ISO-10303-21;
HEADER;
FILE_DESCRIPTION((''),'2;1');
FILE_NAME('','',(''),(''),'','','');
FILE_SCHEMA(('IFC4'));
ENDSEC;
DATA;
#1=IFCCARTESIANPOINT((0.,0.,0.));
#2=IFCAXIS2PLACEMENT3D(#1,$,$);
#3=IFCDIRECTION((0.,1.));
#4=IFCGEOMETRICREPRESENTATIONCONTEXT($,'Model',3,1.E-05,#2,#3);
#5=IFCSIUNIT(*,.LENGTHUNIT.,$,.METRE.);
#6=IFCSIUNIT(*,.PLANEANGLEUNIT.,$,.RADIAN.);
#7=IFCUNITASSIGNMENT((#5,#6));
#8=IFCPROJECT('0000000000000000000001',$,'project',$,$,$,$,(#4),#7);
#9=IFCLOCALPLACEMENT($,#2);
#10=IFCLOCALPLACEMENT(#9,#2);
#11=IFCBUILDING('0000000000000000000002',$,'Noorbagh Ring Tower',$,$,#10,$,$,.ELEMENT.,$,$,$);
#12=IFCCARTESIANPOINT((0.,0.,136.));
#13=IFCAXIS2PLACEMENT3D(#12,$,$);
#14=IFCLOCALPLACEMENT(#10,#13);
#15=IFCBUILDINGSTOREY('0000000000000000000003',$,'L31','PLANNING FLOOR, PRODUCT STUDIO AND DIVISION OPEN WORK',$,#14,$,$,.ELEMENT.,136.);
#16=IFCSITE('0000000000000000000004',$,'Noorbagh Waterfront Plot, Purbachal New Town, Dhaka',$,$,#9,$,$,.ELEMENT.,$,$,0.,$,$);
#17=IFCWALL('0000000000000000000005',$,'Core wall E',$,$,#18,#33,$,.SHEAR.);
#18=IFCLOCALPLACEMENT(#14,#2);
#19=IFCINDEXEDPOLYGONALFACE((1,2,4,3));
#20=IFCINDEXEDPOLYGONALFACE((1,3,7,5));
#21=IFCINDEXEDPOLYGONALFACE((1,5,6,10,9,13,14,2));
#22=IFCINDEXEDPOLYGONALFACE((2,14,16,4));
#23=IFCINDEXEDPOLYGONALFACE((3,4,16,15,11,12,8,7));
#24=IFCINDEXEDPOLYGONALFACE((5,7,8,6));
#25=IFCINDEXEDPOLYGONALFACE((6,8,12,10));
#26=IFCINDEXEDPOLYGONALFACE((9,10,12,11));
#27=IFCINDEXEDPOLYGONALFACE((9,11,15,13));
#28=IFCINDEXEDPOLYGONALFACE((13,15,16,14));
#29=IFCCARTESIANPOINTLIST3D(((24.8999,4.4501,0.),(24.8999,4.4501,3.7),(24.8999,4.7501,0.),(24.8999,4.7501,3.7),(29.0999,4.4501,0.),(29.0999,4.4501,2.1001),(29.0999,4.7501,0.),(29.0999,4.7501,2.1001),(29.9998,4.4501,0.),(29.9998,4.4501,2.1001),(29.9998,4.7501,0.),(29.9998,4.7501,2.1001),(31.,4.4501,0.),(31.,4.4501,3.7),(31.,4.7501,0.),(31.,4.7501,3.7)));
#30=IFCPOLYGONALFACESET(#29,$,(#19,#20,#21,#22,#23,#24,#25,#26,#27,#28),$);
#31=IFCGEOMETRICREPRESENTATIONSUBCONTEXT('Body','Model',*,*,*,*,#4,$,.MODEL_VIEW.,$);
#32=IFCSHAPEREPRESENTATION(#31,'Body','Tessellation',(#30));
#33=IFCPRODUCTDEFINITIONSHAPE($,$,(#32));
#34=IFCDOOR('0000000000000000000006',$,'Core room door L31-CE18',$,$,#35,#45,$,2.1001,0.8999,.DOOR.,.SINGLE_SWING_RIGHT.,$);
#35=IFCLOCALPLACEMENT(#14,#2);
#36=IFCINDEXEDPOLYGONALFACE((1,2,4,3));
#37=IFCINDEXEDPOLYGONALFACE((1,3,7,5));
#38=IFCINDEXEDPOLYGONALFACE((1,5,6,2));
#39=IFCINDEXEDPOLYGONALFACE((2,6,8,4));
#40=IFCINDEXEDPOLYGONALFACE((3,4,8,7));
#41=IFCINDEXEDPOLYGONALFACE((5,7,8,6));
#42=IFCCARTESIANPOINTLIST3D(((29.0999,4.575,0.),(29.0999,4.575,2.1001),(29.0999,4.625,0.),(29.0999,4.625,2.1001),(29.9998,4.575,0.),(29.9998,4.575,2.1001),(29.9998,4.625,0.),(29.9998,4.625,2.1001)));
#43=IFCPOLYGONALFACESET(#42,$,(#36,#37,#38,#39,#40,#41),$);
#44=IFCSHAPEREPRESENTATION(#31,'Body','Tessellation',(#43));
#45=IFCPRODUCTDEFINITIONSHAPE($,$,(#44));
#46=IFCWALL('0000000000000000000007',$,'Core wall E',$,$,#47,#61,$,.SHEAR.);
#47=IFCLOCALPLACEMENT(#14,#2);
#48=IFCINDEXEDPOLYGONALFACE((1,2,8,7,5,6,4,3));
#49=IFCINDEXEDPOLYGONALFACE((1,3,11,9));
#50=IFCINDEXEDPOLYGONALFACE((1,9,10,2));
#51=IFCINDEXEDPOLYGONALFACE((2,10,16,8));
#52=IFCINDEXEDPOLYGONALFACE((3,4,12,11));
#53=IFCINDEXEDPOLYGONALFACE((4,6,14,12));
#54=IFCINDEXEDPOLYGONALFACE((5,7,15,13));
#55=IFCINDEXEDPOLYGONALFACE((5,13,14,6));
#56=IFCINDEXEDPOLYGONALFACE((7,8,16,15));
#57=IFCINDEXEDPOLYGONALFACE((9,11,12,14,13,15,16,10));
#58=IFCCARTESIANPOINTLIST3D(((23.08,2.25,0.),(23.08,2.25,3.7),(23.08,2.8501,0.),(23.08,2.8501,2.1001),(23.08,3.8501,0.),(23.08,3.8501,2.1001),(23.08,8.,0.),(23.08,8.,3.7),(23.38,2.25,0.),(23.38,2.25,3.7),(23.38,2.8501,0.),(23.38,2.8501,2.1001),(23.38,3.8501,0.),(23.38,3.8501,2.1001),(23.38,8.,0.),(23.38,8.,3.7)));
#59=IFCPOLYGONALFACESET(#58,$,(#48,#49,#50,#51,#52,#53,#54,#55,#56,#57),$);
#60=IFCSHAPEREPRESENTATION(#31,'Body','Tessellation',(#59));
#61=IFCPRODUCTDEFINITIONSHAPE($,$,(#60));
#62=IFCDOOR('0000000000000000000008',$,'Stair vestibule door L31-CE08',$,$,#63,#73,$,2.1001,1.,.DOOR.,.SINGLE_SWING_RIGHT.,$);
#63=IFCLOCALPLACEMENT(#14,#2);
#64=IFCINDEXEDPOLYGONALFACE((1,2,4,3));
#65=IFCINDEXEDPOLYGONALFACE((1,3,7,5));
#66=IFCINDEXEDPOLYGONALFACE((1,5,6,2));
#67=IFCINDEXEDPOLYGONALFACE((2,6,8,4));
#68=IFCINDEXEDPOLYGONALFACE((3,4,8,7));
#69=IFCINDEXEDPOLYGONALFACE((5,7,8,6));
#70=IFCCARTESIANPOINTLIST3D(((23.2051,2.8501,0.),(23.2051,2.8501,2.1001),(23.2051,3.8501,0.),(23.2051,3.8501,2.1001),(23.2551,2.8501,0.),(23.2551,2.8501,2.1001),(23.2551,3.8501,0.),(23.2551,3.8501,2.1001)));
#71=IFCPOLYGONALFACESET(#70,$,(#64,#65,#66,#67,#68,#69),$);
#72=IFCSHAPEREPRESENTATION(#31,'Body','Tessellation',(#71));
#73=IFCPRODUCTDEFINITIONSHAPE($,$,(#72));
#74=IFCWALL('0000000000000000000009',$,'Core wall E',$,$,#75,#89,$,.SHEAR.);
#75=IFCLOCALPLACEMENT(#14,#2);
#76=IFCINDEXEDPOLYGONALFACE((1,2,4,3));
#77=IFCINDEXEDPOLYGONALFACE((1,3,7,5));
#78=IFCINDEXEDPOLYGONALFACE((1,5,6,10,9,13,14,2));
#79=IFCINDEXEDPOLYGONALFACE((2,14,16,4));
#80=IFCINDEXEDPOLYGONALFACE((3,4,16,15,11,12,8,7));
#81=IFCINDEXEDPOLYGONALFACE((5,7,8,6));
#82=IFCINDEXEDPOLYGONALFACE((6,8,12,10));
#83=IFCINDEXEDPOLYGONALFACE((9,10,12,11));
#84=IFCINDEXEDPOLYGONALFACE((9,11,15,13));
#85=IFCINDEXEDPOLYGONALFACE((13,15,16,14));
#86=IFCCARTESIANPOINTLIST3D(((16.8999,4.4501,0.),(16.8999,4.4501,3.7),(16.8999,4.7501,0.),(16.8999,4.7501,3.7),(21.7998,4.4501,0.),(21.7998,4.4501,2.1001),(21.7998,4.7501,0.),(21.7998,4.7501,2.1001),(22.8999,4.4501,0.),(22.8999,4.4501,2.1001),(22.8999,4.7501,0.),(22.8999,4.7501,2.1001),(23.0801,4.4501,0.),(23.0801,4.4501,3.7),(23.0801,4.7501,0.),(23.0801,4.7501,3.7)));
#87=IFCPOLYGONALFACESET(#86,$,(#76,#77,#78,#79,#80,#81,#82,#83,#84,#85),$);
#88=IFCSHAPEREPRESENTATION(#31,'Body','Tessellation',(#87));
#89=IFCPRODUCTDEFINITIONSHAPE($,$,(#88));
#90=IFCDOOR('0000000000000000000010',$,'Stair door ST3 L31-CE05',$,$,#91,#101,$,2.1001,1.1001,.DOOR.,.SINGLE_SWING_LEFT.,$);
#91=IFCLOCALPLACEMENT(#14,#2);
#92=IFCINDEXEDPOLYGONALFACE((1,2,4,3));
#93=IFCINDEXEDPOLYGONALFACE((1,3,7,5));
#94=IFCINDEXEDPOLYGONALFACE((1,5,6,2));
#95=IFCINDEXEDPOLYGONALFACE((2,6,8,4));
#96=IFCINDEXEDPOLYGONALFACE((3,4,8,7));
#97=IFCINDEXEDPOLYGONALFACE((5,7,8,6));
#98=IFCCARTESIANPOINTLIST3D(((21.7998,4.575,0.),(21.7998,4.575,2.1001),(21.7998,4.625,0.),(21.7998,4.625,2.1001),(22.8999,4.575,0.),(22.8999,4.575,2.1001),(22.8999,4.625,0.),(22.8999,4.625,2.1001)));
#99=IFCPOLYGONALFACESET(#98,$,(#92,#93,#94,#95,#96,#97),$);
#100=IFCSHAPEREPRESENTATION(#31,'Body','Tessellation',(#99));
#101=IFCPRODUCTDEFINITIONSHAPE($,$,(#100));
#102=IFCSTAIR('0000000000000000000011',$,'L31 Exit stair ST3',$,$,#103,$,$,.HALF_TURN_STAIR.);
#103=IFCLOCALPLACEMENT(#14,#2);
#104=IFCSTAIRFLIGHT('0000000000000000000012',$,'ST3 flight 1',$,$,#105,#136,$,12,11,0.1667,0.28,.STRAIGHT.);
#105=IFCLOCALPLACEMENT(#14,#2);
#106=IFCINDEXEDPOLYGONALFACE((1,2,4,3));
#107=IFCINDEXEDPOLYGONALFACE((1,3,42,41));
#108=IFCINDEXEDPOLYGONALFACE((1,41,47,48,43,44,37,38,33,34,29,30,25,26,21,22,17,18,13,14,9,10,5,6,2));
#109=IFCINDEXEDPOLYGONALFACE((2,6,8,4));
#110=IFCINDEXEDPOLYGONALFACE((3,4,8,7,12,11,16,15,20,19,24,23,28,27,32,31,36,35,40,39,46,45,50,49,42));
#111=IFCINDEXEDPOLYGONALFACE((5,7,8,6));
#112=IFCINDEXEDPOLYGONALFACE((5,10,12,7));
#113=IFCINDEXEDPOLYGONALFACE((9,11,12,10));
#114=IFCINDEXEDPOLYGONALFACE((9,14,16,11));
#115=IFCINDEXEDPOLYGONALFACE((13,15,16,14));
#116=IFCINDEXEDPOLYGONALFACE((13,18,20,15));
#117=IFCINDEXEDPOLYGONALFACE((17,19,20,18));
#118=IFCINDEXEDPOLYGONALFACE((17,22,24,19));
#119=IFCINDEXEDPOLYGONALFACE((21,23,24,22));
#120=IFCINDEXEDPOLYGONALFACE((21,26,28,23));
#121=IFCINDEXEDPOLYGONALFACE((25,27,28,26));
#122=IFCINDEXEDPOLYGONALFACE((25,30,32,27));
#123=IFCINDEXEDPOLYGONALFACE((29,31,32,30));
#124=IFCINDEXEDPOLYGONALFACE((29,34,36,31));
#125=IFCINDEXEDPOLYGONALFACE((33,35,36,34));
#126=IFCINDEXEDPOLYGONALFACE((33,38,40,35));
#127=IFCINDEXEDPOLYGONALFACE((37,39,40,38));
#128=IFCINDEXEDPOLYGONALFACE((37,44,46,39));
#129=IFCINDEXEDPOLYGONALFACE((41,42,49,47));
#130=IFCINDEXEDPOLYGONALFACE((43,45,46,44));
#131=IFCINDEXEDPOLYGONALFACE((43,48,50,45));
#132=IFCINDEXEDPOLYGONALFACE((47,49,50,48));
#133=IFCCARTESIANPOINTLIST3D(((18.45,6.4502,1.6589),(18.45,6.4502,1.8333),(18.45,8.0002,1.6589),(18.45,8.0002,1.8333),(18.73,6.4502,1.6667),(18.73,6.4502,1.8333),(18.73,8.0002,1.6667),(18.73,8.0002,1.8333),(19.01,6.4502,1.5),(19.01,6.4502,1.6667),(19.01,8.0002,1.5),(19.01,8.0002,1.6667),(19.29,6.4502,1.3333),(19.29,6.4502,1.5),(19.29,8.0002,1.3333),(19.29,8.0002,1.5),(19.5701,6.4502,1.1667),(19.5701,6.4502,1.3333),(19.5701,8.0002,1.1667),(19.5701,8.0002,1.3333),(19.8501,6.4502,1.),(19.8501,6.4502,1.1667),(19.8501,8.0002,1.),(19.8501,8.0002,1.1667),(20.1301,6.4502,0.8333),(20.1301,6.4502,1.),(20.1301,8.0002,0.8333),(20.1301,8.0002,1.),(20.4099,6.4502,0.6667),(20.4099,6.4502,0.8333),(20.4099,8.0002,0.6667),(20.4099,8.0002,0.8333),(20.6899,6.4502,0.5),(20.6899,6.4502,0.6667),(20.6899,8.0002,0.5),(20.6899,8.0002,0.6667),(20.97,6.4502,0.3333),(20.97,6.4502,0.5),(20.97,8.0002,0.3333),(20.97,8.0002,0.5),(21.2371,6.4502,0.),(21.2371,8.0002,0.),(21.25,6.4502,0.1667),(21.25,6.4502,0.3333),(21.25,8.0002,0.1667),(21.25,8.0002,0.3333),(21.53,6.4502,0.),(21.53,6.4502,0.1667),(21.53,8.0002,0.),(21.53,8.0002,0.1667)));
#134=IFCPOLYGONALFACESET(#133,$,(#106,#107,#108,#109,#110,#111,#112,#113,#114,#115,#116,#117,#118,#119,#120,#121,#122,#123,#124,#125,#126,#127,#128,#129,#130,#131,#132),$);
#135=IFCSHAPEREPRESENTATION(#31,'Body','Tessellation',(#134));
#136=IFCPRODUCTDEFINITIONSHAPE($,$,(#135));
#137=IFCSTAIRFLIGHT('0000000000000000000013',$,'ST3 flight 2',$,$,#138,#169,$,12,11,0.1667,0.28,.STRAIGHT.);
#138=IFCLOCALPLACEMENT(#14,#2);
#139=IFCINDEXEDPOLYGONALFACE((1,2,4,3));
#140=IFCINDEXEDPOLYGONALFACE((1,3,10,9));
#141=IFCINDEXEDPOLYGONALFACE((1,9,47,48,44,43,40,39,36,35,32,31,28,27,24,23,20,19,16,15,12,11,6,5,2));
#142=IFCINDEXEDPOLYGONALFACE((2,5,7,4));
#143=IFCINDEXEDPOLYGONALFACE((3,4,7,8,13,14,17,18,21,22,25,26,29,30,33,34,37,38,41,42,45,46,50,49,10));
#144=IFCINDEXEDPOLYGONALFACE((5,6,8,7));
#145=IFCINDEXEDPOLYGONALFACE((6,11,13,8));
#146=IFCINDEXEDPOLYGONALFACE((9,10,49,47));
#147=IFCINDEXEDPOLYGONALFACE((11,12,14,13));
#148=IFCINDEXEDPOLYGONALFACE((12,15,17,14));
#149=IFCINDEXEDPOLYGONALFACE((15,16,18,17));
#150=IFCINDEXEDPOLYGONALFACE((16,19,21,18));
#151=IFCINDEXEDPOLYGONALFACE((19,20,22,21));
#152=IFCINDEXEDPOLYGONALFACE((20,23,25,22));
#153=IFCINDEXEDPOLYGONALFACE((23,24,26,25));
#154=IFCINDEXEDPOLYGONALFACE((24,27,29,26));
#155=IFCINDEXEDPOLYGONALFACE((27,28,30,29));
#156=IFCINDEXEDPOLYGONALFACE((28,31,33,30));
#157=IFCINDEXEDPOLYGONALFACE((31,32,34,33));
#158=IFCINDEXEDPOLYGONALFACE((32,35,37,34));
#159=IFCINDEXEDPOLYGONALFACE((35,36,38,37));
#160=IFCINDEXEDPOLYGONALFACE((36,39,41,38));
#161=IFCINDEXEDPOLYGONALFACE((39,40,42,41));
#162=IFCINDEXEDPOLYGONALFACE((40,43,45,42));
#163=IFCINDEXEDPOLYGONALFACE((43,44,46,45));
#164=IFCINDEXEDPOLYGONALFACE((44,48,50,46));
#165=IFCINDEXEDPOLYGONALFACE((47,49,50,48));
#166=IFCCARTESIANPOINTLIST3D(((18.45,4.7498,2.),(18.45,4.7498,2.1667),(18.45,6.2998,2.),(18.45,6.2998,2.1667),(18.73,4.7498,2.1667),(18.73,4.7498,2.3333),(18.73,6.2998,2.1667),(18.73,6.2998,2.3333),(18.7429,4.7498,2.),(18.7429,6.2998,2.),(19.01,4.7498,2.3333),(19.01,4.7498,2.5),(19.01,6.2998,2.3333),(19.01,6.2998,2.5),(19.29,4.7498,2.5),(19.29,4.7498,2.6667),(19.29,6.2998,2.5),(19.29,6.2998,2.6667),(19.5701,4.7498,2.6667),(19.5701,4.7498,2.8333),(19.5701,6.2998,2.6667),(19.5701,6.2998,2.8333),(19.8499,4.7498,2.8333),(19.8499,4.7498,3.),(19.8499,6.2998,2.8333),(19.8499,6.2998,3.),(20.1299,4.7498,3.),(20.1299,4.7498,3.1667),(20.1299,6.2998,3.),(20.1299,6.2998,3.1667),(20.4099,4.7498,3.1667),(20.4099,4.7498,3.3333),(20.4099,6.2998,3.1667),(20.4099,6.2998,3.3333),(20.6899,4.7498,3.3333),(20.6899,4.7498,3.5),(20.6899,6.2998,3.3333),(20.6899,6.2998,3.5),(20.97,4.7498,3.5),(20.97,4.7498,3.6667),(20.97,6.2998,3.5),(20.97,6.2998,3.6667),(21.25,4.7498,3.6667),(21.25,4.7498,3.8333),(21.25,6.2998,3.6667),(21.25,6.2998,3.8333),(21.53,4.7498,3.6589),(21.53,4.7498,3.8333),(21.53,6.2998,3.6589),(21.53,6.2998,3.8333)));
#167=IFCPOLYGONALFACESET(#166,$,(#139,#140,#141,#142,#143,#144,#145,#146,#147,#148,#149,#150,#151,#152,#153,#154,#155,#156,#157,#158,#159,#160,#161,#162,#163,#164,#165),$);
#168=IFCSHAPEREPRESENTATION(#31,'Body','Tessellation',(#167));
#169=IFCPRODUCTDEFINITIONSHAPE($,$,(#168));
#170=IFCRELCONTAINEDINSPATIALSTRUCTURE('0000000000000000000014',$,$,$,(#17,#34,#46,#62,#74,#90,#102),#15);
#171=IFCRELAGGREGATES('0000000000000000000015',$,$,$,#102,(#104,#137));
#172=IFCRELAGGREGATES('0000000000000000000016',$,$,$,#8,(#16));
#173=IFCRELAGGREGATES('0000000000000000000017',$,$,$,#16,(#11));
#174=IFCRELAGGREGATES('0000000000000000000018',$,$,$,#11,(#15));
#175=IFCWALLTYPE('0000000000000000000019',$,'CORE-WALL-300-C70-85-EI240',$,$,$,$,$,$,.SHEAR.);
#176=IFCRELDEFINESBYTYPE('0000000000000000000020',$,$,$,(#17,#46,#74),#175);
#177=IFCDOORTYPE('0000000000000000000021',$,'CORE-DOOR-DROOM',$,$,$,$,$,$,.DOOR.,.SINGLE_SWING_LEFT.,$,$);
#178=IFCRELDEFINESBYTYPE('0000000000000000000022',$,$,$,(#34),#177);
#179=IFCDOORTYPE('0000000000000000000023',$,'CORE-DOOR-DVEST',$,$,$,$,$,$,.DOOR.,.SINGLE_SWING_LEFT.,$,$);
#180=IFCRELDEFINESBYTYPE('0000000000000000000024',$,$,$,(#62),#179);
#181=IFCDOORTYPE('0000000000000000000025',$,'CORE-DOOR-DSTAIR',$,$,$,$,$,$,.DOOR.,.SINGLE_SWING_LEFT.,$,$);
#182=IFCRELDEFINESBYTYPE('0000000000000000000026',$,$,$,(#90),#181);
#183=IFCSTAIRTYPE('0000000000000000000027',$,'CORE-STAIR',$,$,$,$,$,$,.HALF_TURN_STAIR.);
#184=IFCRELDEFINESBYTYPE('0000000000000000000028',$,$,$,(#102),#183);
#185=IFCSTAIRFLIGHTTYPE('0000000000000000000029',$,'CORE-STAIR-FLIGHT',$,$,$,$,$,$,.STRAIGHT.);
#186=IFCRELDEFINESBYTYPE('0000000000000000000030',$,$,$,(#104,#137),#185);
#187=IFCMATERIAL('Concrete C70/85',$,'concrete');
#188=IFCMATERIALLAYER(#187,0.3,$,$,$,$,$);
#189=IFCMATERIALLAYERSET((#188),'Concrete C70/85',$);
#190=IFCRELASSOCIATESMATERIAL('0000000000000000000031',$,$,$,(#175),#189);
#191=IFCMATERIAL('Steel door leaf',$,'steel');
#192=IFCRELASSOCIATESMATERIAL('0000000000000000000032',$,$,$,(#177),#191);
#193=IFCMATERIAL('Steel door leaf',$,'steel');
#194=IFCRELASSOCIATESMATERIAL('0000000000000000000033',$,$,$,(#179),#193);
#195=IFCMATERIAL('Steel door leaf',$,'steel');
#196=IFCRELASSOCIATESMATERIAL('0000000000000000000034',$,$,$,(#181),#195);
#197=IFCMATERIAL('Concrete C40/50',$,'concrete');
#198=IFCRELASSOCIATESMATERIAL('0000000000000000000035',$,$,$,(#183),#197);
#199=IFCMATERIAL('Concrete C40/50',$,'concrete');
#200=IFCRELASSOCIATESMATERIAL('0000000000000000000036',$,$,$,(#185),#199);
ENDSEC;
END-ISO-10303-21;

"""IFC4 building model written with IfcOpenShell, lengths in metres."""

from ifc_helpers import new_model, si_unit, direction, frame, frame_2d, origin, place, context, subcontext, project, spatial, polyline, rectangle, outline, extrude, material, layer, layer_set, type_object, element, fill, aggregate, save


model = new_model("IFC4")

# Units and contexts
model_context = context("Model", 3, precision=1e-05, world=origin(), true_north=direction((0.0, 1.0)))
body_context = subcontext(model_context, "Body", "Model", "MODEL_VIEW")
ifc_project = project(units=[si_unit("LENGTHUNIT", "METRE"), si_unit("PLANEANGLEUNIT", "RADIAN")], contexts=[model_context])

# Site, building, storey
site_placement = place(None, origin())
site = spatial("IfcSite", under=ifc_project, at=site_placement, Name="Noorbagh Waterfront Plot, Purbachal New Town, Dhaka", CompositionType="ELEMENT", RefElevation=0.0)
building_placement = place(site_placement, origin())
building = spatial("IfcBuilding", under=site, at=building_placement, Name="Noorbagh Ring Tower", CompositionType="ELEMENT")
storey_placement = place(building_placement, frame((0.0, 0.0, 136.0)))
storey = spatial("IfcBuildingStorey", under=building, at=storey_placement, Name="L31", Description="PLANNING FLOOR, PRODUCT STUDIO AND DIVISION OPEN WORK", CompositionType="ELEMENT", Elevation=136.0)

# Walls, openings, doors
ifc_material_1 = material(Name="Concrete C70/85", Category="concrete")
ifc_layer_1 = layer(ifc_material_1, 0.3)
ifc_layer_set_1 = layer_set([ifc_layer_1], Name="Concrete C70/85")
wall_type_1 = type_object("IfcWallType", Name="CORE-WALL-300-C70-85-EI240", PredefinedType="SHEAR", material=ifc_layer_set_1)
wall_1_placement = place(storey_placement, frame((24.8999, 4.6001, 0.0), z_axis=(0.0, 0.0, 1.0), x_axis=(1.0, 0.0, 0.0)))
wall_1 = element("IfcWall", 1, at=wall_1_placement, inside=storey, type_object=wall_type_1, Name="Core wall E", PredefinedType="SHEAR", context=body_context, shape_type="SweptSolid", body=[
    extrude(rectangle(XDim=6.1001, YDim=0.3, at=frame_2d((3.05, 0.0))), origin(), (0.0, 0.0, 1.0), 3.7),
])
opening_1_placement = place(wall_1_placement, frame((4.2, 0.0, 0.0)))
opening_1 = element("IfcOpeningElement", 2, at=opening_1_placement, cuts=wall_1, PredefinedType="OPENING", context=body_context, shape_type="SweptSolid", body=[
    extrude(rectangle(XDim=0.8999, YDim=2.1001, at=frame_2d((0.45, 1.05))), frame((0.0, 0.1602, 0.0), z_axis=(0.0, -1.0, 0.0), x_axis=(1.0, 0.0, 0.0)), (0.0, 0.0, 1.0), 0.3201),
])
ifc_material_2 = material(Name="Steel door leaf", Category="steel")
door_type_1 = type_object("IfcDoorType", Name="CORE-DOOR-DROOM", OperationType="SINGLE_SWING_LEFT", PredefinedType="DOOR", material=ifc_material_2)
door_1_placement = place(opening_1_placement, origin())
door_1 = element("IfcDoor", 3, at=door_1_placement, inside=storey, type_object=door_type_1, Name="Core room door L31-CE18", OperationType="SINGLE_SWING_RIGHT", OverallHeight=2.1001, OverallWidth=0.8999, PredefinedType="DOOR", context=body_context, shape_type="SweptSolid", body=[
    extrude(rectangle(XDim=0.8999, YDim=2.1001, at=frame_2d((0.45, 1.05))), frame((0.0, 0.0249, 0.0), z_axis=(0.0, -1.0, 0.0), x_axis=(1.0, 0.0, 0.0)), (0.0, 0.0, 1.0), 0.05),
])
fill(opening_1, door_1)
wall_2_placement = place(storey_placement, frame((23.23, 2.25, 0.0), z_axis=(0.0, 0.0, 1.0), x_axis=(0.0, 1.0, 0.0)))
wall_2 = element("IfcWall", 4, at=wall_2_placement, inside=storey, type_object=wall_type_1, Name="Core wall E", PredefinedType="SHEAR", context=body_context, shape_type="SweptSolid", body=[
    extrude(rectangle(XDim=5.75, YDim=0.3, at=frame_2d((2.875, 0.0))), origin(), (0.0, 0.0, 1.0), 3.7),
])
opening_2_placement = place(wall_2_placement, frame((0.6001, 0.0, 0.0)))
opening_2 = element("IfcOpeningElement", 5, at=opening_2_placement, cuts=wall_2, PredefinedType="OPENING", context=body_context, shape_type="SweptSolid", body=[
    extrude(rectangle(XDim=1.0, YDim=2.1001, at=frame_2d((0.5, 1.05))), frame((0.0, 0.1602, 0.0), z_axis=(0.0, -1.0, 0.0), x_axis=(1.0, 0.0, 0.0)), (0.0, 0.0, 1.0), 0.3201),
])
ifc_material_3 = material(Name="Steel door leaf", Category="steel")
door_type_2 = type_object("IfcDoorType", Name="CORE-DOOR-DVEST", OperationType="SINGLE_SWING_LEFT", PredefinedType="DOOR", material=ifc_material_3)
door_2_placement = place(opening_2_placement, origin())
door_2 = element("IfcDoor", 6, at=door_2_placement, inside=storey, type_object=door_type_2, Name="Stair vestibule door L31-CE08", OperationType="SINGLE_SWING_RIGHT", OverallHeight=2.1001, OverallWidth=1.0, PredefinedType="DOOR", context=body_context, shape_type="SweptSolid", body=[
    extrude(rectangle(XDim=1.0, YDim=2.1001, at=frame_2d((0.5, 1.05))), frame((0.0, 0.0249, 0.0), z_axis=(0.0, -1.0, 0.0), x_axis=(1.0, 0.0, 0.0)), (0.0, 0.0, 1.0), 0.05),
])
fill(opening_2, door_2)
wall_3_placement = place(storey_placement, frame((16.8999, 4.6001, 0.0), z_axis=(0.0, 0.0, 1.0), x_axis=(1.0, 0.0, 0.0)))
wall_3 = element("IfcWall", 7, at=wall_3_placement, inside=storey, type_object=wall_type_1, Name="Core wall E", PredefinedType="SHEAR", context=body_context, shape_type="SweptSolid", body=[
    extrude(rectangle(XDim=6.1802, YDim=0.3, at=frame_2d((3.0901, 0.0))), origin(), (0.0, 0.0, 1.0), 3.7),
])
opening_3_placement = place(wall_3_placement, frame((4.8999, 0.0, 0.0)))
opening_3 = element("IfcOpeningElement", 8, at=opening_3_placement, cuts=wall_3, PredefinedType="OPENING", context=body_context, shape_type="SweptSolid", body=[
    extrude(rectangle(XDim=1.1001, YDim=2.1001, at=frame_2d((0.55, 1.05))), frame((0.0, 0.1602, 0.0), z_axis=(0.0, -1.0, 0.0), x_axis=(1.0, 0.0, 0.0)), (0.0, 0.0, 1.0), 0.3201),
])
ifc_material_4 = material(Name="Steel door leaf", Category="steel")
door_type_3 = type_object("IfcDoorType", Name="CORE-DOOR-DSTAIR", OperationType="SINGLE_SWING_LEFT", PredefinedType="DOOR", material=ifc_material_4)
door_3_placement = place(opening_3_placement, origin())
door_3 = element("IfcDoor", 9, at=door_3_placement, inside=storey, type_object=door_type_3, Name="Stair door ST3 L31-CE05", OperationType="SINGLE_SWING_LEFT", OverallHeight=2.1001, OverallWidth=1.1001, PredefinedType="DOOR", context=body_context, shape_type="SweptSolid", body=[
    extrude(rectangle(XDim=1.1001, YDim=2.1001, at=frame_2d((0.55, 1.05))), frame((0.0, 0.0249, 0.0), z_axis=(0.0, -1.0, 0.0), x_axis=(1.0, 0.0, 0.0)), (0.0, 0.0, 1.0), 0.05),
])
fill(opening_3, door_3)

# Stair, stair flights
ifc_material_5 = material(Name="Concrete C40/50", Category="concrete")
stair_type = type_object("IfcStairType", Name="CORE-STAIR", PredefinedType="HALF_TURN_STAIR", material=ifc_material_5)
stair_placement = place(storey_placement, origin())
stair = element("IfcStair", 10, at=stair_placement, inside=storey, type_object=stair_type, Name="L31 Exit stair ST3", PredefinedType="HALF_TURN_STAIR")
ifc_material_6 = material(Name="Concrete C40/50", Category="concrete")
stair_flight_type = type_object("IfcStairFlightType", Name="CORE-STAIR-FLIGHT", PredefinedType="STRAIGHT", material=ifc_material_6)
stair_flight_1_placement = place(storey_placement, frame((21.53, 7.2251, 0.0), z_axis=(0.0, 0.0, 1.0), x_axis=(-1.0, 0.0, 0.0)))
stair_flight_1 = element("IfcStairFlight", 11, at=stair_flight_1_placement, type_object=stair_flight_type, Name="ST3 flight 1", NumberOfRisers=12, NumberOfTreads=11, PredefinedType="STRAIGHT", RiserHeight=0.1667, TreadLength=0.28, context=body_context, shape_type="SweptSolid", body=[
    extrude(outline(polyline([(0.0, 0.0), (0.0, 0.1667), (0.28, 0.1667), (0.28, 0.3333), (0.5601, 0.3333), (0.5601, 0.5), (0.8401, 0.5), (0.8401, 0.6667), (1.1201, 0.6667), (1.1201, 0.8333), (1.3999, 0.8333), (1.3999, 1.0), (1.6799, 1.0), (1.6799, 1.1667), (1.96, 1.1667), (1.96, 1.3333), (2.24, 1.3333), (2.24, 1.5), (2.52, 1.5), (2.52, 1.6667), (2.8, 1.6667), (2.8, 1.8333), (3.0801, 1.8333), (3.0801, 2.0), (3.0801, 1.6589), (0.293, 0.0), (0.0, 0.0)])), frame((0.0, 0.7749, 0.0), z_axis=(0.0, -1.0, 0.0), x_axis=(1.0, 0.0, 0.0)), (0.0, 0.0, 1.0), 1.55),
])
stair_flight_2_placement = place(storey_placement, frame((18.45, 5.5249, 2.0), z_axis=(0.0, 0.0, 1.0), x_axis=(1.0, 0.0, 0.0)))
stair_flight_2 = element("IfcStairFlight", 12, at=stair_flight_2_placement, type_object=stair_flight_type, Name="ST3 flight 2", NumberOfRisers=12, NumberOfTreads=11, PredefinedType="STRAIGHT", RiserHeight=0.1667, TreadLength=0.28, context=body_context, shape_type="SweptSolid", body=[
    extrude(outline(polyline([(0.0, 0.0), (0.0, 0.1667), (0.28, 0.1667), (0.28, 0.3333), (0.5601, 0.3333), (0.5601, 0.5), (0.8401, 0.5), (0.8401, 0.6667), (1.1201, 0.6667), (1.1201, 0.8333), (1.3999, 0.8333), (1.3999, 1.0), (1.6799, 1.0), (1.6799, 1.1667), (1.96, 1.1667), (1.96, 1.3333), (2.24, 1.3333), (2.24, 1.5), (2.52, 1.5), (2.52, 1.6667), (2.8, 1.6667), (2.8, 1.8333), (3.0801, 1.8333), (3.0801, 2.0), (3.0801, 1.6589), (0.293, 0.0), (0.0, 0.0)])), frame((0.0, 0.7749, 0.0), z_axis=(0.0, -1.0, 0.0), x_axis=(1.0, 0.0, 0.0)), (0.0, 0.0, 1.0), 1.55),
])
aggregate(stair, [stair_flight_1, stair_flight_2])

save(model, "model.ifc")
